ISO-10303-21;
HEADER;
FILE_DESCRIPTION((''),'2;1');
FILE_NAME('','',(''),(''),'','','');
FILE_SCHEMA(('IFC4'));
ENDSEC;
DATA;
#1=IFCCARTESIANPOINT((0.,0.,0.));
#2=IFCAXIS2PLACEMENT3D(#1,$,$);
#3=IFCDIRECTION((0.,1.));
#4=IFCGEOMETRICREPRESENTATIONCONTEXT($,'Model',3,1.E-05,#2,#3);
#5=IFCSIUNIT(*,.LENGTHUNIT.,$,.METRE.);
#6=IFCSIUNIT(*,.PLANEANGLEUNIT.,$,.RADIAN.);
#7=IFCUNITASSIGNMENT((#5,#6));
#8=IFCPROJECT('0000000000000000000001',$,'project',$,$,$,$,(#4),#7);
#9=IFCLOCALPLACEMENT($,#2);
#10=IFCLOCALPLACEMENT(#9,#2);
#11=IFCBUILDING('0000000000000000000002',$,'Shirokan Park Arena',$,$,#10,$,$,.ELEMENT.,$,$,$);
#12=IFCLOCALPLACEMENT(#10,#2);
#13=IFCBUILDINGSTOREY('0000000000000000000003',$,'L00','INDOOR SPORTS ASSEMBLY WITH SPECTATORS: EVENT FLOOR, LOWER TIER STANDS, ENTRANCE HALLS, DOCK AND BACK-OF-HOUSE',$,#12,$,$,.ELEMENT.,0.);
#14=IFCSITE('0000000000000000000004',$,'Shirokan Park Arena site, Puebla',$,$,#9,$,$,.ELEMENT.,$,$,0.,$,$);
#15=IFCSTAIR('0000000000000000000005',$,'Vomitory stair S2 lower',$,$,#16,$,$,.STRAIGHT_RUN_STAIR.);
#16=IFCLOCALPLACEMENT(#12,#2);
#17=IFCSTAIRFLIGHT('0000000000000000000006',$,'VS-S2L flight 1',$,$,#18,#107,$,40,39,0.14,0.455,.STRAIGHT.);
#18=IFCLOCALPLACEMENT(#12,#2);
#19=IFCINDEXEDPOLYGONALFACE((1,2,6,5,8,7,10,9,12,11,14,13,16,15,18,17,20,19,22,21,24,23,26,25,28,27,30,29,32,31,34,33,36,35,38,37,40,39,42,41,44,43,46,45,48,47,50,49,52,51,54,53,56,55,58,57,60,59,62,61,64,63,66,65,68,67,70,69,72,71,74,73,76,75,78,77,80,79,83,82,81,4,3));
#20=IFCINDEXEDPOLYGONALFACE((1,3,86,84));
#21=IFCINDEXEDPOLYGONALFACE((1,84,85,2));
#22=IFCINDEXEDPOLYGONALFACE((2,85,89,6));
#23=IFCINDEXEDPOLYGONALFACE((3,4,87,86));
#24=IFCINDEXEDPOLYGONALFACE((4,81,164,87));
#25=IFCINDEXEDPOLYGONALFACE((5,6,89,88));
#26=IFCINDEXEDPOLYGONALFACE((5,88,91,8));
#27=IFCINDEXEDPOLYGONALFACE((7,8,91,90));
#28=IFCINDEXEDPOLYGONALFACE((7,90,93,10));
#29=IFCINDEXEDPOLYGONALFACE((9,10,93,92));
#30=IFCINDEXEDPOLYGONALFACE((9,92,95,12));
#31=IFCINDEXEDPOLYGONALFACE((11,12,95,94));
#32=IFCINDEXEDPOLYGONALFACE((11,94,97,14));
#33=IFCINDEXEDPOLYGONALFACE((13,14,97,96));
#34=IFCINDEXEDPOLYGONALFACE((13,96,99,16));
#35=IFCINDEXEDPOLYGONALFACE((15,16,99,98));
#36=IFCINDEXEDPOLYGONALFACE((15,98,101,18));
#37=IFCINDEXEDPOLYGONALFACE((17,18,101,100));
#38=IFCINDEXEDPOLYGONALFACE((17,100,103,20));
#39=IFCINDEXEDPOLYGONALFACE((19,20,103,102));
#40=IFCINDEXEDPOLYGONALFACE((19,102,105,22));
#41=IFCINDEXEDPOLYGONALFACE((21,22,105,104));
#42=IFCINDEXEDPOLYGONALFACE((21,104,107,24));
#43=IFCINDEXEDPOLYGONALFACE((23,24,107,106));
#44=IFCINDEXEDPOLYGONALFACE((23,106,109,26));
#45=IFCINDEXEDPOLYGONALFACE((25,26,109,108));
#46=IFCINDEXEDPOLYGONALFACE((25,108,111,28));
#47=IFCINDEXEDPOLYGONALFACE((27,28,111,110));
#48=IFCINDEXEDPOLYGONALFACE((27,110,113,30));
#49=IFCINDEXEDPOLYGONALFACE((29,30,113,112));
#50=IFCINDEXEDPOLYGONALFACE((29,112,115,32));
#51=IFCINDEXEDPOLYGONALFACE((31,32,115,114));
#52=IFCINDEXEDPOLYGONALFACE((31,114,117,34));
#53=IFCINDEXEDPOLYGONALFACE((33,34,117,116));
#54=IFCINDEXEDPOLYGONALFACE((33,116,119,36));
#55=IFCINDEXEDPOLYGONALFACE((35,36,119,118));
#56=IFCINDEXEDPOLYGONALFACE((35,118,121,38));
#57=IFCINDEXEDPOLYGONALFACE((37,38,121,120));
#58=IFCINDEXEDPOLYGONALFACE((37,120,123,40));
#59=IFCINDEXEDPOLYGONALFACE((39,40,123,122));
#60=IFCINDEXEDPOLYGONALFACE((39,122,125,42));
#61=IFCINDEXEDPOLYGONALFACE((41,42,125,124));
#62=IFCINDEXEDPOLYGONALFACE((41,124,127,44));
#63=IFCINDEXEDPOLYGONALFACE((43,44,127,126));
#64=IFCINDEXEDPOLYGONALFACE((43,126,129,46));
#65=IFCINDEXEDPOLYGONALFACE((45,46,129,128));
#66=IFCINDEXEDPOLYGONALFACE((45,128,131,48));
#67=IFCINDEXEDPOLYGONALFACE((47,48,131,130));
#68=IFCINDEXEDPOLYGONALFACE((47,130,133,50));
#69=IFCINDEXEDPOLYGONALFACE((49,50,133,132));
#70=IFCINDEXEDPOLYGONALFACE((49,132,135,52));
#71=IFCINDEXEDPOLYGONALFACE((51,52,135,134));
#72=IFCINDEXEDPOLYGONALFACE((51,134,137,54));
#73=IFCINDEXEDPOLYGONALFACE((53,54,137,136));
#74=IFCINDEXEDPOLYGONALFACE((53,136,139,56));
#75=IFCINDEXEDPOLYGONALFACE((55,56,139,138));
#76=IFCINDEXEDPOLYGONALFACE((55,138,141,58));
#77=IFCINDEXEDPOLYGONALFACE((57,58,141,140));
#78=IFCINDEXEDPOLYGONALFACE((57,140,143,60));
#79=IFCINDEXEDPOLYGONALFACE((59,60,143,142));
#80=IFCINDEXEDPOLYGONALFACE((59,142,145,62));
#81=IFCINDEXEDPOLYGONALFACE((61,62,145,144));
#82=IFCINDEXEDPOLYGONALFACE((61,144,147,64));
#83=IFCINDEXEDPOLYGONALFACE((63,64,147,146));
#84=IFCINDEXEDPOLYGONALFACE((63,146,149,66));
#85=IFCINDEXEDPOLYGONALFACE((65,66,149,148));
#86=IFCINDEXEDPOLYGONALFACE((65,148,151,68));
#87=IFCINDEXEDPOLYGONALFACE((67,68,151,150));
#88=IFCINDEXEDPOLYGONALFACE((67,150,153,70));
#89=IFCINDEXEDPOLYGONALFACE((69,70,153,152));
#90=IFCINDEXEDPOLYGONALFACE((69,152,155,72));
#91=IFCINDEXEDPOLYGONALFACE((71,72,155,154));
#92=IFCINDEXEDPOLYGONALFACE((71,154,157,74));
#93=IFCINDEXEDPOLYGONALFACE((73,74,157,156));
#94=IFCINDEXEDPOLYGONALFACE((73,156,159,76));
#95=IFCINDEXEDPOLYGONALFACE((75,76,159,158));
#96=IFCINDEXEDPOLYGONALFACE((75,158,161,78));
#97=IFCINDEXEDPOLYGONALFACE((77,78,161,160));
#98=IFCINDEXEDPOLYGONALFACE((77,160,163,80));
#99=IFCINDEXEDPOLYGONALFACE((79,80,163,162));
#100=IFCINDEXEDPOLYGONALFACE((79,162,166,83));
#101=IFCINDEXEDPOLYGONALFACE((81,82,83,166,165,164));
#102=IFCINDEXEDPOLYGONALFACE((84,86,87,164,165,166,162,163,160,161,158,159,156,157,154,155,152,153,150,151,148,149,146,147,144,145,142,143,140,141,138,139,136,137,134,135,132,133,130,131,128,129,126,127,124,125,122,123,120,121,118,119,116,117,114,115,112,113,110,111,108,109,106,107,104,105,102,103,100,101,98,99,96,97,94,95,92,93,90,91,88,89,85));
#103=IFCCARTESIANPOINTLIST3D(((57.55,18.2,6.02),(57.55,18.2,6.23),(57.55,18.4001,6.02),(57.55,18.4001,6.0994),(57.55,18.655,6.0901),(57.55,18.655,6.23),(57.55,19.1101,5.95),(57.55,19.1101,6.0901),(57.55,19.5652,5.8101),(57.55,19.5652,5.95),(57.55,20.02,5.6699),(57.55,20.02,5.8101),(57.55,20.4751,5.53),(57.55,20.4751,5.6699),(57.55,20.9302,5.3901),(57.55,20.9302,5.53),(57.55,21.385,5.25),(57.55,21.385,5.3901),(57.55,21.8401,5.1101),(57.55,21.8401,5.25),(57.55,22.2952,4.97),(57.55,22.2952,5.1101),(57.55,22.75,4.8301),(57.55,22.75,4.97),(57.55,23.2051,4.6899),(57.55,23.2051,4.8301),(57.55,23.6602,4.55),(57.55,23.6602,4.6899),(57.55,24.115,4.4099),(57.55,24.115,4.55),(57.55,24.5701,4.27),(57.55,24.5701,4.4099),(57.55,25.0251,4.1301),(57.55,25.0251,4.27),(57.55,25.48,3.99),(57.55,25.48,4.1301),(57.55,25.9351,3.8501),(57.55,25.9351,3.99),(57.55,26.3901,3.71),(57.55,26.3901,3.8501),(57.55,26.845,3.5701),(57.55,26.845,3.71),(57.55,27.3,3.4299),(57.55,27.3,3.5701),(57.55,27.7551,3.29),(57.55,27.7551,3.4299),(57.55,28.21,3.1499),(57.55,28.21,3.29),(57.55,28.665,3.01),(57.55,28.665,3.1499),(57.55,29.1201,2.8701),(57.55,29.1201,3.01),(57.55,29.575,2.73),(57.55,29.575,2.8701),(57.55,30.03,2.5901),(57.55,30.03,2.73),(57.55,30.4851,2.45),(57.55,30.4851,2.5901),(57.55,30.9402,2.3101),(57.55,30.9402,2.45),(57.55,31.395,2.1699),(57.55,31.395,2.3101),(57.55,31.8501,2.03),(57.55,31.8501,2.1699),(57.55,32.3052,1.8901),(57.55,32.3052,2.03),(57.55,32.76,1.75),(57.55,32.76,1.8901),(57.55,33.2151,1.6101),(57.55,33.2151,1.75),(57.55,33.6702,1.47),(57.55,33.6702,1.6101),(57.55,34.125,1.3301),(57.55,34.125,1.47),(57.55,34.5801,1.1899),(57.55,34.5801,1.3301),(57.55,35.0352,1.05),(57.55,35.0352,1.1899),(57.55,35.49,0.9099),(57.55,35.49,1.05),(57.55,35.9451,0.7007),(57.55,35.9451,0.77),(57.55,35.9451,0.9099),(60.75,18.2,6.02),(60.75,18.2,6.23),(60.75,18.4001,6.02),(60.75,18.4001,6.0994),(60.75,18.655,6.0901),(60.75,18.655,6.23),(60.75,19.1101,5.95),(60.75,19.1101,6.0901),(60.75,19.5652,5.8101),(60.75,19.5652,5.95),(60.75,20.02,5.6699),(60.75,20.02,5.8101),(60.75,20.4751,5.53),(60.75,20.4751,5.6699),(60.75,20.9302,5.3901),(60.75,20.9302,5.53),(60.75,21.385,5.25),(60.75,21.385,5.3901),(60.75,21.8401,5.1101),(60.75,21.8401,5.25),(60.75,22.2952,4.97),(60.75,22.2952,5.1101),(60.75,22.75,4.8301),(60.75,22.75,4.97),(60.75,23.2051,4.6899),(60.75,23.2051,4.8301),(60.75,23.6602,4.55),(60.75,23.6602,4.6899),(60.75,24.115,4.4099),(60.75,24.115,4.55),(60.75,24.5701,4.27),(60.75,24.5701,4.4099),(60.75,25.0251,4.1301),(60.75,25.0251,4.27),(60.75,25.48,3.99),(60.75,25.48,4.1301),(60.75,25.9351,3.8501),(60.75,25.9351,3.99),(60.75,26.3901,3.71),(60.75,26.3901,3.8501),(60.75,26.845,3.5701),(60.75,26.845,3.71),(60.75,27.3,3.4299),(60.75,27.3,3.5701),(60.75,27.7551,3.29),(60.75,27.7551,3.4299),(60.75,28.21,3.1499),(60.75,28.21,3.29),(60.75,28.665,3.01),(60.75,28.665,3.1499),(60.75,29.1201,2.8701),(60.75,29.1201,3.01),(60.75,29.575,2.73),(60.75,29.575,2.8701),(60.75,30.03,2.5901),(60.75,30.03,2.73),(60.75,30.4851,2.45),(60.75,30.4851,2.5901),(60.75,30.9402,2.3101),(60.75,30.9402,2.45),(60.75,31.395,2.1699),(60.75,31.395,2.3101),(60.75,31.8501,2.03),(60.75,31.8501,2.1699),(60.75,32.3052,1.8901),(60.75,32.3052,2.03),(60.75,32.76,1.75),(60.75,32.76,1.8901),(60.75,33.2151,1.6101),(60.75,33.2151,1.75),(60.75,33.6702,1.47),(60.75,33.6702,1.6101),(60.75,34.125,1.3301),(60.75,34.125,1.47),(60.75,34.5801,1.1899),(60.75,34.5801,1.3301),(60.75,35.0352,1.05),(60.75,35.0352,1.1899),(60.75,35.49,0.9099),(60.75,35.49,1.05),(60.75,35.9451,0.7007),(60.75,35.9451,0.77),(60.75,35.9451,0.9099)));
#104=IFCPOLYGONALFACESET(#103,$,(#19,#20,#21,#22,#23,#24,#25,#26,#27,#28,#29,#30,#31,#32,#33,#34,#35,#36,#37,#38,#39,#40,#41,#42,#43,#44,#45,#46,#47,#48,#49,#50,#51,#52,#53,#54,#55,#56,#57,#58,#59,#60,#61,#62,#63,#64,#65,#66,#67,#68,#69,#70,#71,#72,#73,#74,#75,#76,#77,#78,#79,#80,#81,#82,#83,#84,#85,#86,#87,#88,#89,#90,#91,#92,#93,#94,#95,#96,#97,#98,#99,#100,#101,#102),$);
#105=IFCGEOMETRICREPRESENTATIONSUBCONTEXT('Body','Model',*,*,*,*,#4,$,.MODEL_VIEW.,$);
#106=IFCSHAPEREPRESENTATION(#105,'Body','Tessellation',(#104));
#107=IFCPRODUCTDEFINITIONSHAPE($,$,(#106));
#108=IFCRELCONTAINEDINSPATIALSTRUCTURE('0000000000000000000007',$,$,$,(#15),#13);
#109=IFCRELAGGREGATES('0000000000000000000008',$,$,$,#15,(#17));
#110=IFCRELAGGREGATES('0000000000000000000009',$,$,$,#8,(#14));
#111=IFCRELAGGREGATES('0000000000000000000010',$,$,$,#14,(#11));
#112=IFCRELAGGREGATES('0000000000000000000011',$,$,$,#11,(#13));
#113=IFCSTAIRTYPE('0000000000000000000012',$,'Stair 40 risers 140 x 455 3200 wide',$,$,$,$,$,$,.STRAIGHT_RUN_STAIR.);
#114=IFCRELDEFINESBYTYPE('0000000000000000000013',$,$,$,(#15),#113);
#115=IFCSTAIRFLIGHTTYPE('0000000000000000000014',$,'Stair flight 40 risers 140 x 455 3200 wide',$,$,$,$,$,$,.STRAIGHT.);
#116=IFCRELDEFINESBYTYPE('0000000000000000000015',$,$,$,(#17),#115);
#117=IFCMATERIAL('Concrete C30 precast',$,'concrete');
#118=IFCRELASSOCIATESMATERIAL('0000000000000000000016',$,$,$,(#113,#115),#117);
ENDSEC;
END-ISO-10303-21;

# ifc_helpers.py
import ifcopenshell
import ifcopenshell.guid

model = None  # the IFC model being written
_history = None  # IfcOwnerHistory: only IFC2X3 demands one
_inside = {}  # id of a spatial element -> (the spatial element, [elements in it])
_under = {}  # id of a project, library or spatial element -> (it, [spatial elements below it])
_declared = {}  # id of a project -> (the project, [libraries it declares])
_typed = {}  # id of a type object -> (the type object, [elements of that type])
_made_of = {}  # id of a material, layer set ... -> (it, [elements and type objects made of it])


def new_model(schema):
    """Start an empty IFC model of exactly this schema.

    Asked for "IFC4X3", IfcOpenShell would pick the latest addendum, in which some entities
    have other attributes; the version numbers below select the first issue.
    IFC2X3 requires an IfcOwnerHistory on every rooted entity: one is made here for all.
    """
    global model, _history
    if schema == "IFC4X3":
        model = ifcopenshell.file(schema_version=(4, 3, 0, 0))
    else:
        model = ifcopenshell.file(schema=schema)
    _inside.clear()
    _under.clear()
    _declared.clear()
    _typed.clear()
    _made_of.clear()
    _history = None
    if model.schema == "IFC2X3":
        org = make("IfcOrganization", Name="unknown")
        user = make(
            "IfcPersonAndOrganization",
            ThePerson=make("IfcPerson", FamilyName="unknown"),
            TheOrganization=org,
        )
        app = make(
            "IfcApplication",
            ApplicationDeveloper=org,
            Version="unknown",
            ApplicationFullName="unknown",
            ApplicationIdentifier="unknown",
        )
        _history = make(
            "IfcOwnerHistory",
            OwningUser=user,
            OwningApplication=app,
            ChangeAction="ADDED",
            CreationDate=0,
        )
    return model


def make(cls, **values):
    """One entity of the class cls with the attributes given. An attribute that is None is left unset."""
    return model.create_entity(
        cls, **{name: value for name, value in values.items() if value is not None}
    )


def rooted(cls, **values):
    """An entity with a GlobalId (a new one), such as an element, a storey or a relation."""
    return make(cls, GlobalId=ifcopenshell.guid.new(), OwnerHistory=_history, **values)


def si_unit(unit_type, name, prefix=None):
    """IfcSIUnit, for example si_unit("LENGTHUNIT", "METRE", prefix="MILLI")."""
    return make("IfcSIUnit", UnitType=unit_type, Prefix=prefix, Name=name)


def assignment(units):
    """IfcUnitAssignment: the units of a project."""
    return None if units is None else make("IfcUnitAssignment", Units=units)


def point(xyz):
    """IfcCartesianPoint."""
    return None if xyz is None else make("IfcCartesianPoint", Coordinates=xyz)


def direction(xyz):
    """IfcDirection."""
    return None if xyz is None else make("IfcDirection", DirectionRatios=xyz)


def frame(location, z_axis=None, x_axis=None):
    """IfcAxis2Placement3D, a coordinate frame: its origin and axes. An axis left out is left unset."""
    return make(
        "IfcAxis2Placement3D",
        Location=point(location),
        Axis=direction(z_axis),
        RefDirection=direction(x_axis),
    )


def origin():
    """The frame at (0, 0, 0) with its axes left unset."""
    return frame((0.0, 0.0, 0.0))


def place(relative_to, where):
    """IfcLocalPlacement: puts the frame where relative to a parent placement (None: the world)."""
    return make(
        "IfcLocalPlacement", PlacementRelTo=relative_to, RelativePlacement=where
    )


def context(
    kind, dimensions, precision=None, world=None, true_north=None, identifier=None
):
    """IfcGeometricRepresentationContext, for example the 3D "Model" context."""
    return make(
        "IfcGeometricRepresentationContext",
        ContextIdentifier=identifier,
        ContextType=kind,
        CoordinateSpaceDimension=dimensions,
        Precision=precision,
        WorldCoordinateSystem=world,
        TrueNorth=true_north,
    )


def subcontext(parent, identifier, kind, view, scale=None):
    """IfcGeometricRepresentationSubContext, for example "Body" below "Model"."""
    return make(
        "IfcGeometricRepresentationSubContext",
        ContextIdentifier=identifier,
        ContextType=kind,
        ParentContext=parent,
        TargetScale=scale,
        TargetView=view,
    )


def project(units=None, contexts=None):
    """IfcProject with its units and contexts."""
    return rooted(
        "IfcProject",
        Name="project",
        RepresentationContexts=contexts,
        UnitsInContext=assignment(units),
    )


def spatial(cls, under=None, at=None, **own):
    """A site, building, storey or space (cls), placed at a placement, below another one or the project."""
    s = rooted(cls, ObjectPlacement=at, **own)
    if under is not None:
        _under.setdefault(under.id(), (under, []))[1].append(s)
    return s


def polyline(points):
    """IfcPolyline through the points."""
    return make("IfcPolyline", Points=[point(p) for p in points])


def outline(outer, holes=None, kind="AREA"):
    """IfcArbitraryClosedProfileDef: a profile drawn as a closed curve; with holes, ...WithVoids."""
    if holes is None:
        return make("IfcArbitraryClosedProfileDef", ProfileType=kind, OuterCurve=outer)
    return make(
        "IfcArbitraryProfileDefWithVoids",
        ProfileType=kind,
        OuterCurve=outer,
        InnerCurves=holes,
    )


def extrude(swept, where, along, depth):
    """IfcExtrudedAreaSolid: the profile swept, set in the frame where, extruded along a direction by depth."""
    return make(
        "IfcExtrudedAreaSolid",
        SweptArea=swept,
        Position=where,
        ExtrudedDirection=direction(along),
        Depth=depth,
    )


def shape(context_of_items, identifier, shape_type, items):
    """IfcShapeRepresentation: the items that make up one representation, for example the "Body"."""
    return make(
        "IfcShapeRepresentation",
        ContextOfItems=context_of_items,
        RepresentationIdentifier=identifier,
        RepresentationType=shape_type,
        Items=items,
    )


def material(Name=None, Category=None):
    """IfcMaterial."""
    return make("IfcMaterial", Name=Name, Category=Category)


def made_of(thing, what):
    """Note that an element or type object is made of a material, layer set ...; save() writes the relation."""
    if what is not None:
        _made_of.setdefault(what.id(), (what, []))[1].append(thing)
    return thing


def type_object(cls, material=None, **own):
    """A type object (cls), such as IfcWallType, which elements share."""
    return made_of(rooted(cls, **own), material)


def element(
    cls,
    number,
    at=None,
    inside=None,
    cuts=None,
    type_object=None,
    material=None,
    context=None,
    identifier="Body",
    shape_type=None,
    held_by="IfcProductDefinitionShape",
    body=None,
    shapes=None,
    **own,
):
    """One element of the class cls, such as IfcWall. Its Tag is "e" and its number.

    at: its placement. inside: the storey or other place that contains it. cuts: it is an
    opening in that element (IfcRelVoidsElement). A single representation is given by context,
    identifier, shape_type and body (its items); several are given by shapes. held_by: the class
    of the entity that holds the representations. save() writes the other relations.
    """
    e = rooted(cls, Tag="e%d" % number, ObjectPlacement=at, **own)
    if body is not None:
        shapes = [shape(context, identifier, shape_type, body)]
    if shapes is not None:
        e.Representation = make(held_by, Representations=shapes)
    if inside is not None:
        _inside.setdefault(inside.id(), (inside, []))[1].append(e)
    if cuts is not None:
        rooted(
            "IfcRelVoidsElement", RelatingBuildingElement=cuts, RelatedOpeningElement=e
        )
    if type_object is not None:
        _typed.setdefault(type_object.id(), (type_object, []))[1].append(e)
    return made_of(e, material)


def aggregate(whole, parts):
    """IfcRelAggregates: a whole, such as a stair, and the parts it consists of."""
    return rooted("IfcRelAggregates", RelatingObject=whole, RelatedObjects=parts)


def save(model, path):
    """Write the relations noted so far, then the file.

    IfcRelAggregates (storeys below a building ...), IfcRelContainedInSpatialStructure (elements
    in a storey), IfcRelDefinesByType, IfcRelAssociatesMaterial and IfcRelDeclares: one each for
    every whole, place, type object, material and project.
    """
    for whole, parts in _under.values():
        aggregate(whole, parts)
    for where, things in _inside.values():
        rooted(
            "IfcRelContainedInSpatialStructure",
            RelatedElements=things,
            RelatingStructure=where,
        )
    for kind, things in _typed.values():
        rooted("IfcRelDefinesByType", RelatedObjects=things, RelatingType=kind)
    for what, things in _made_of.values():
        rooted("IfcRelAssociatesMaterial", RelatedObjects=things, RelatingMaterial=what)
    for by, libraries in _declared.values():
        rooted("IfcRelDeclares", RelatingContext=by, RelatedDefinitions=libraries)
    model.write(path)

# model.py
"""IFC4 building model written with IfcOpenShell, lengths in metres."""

from ifc_helpers import new_model, si_unit, direction, frame, origin, place, context, subcontext, project, spatial, polyline, outline, extrude, material, type_object, element, aggregate, save


model = new_model("IFC4")

# Units and contexts
model_context = context("Model", 3, precision=1e-05, world=origin(), true_north=direction((0.0, 1.0)))
body_context = subcontext(model_context, "Body", "Model", "MODEL_VIEW")
ifc_project = project(units=[si_unit("LENGTHUNIT", "METRE"), si_unit("PLANEANGLEUNIT", "RADIAN")], contexts=[model_context])

# Site, building, storey
site_placement = place(None, origin())
site = spatial("IfcSite", under=ifc_project, at=site_placement, Name="Shirokan Park Arena site, Puebla", CompositionType="ELEMENT", RefElevation=0.0)
building_placement = place(site_placement, origin())
building = spatial("IfcBuilding", under=site, at=building_placement, Name="Shirokan Park Arena", CompositionType="ELEMENT")
storey_placement = place(building_placement, origin())
storey = spatial("IfcBuildingStorey", under=building, at=storey_placement, Name="L00", Description="INDOOR SPORTS ASSEMBLY WITH SPECTATORS: EVENT FLOOR, LOWER TIER STANDS, ENTRANCE HALLS, DOCK AND BACK-OF-HOUSE", CompositionType="ELEMENT", Elevation=0.0)

# Stair, stair flight
ifc_material_1 = material(Name="Concrete C30 precast", Category="concrete")
stair_type = type_object("IfcStairType", Name="Stair 40 risers 140 x 455 3200 wide", PredefinedType="STRAIGHT_RUN_STAIR", material=ifc_material_1)
stair_placement = place(storey_placement, origin())
stair = element("IfcStair", 1, at=stair_placement, inside=storey, type_object=stair_type, Name="Vomitory stair S2 lower", PredefinedType="STRAIGHT_RUN_STAIR")
stair_flight_type = type_object("IfcStairFlightType", Name="Stair flight 40 risers 140 x 455 3200 wide", PredefinedType="STRAIGHT", material=ifc_material_1)
stair_flight_placement = place(storey_placement, frame((59.1499, 35.9451, 0.77), z_axis=(0.0, 0.0, 1.0), x_axis=(0.0, -1.0, 0.0)))
stair_flight = element("IfcStairFlight", 2, at=stair_flight_placement, type_object=stair_flight_type, Name="VS-S2L flight 1", NumberOfRisers=40, NumberOfTreads=39, PredefinedType="STRAIGHT", RiserHeight=0.14, TreadLength=0.455, context=body_context, shape_type="SweptSolid", body=[
    extrude(outline(polyline([(0.0, -0.0693), (0.0, 0.0), (0.0, 0.1399), (0.4551, 0.1399), (0.4551, 0.28), (0.9099, 0.28), (0.9099, 0.4199), (1.365, 0.4199), (1.365, 0.5601), (1.8201, 0.5601), (1.8201, 0.7), (2.2749, 0.7), (2.2749, 0.8401), (2.73, 0.8401), (2.73, 0.98), (3.1851, 0.98), (3.1851, 1.1201), (3.6399, 1.1201), (3.6399, 1.26), (4.095, 1.26), (4.095, 1.3999), (4.55, 1.3999), (4.55, 1.54), (5.0049, 1.54), (5.0049, 1.6799), (5.46, 1.6799), (5.46, 1.8201), (5.915, 1.8201), (5.915, 1.96), (6.3701, 1.96), (6.3701, 2.1001), (6.825, 2.1001), (6.825, 2.24), (7.28, 2.24), (7.28, 2.3799), (7.7351, 2.3799), (7.7351, 2.52), (8.1899, 2.52), (8.1899, 2.6599), (8.645, 2.6599), (8.645, 2.8), (9.1001, 2.8), (9.1001, 2.9399), (9.5549, 2.9399), (9.5549, 3.0801), (10.01, 3.0801), (10.01, 3.22), (10.4651, 3.22), (10.4651, 3.3601), (10.9199, 3.3601), (10.9199, 3.5), (11.375, 3.5), (11.375, 3.6399), (11.8301, 3.6399), (11.8301, 3.78), (12.2849, 3.78), (12.2849, 3.9199), (12.74, 3.9199), (12.74, 4.0601), (13.1951, 4.0601), (13.1951, 4.2), (13.6499, 4.2), (13.6499, 4.3401), (14.105, 4.3401), (14.105, 4.48), (14.5601, 4.48), (14.5601, 4.6201), (15.0149, 4.6201), (15.0149, 4.76), (15.47, 4.76), (15.47, 4.8999), (15.925, 4.8999), (15.925, 5.04), (16.3799, 5.04), (16.3799, 5.1799), (16.835, 5.1799), (16.835, 5.3201), (17.29, 5.3201), (17.29, 5.46), (17.7451, 5.46), (17.7451, 5.6001), (17.7451, 5.25), (17.5449, 5.25), (17.5449, 5.3293), (0.0, -0.0693)])), frame((0.0, 1.6001, 0.0), z_axis=(0.0, -1.0, 0.0), x_axis=(1.0, 0.0, 0.0)), (0.0, 0.0, 1.0), 3.2),
])
aggregate(stair, [stair_flight])

save(model, "model.ifc")
